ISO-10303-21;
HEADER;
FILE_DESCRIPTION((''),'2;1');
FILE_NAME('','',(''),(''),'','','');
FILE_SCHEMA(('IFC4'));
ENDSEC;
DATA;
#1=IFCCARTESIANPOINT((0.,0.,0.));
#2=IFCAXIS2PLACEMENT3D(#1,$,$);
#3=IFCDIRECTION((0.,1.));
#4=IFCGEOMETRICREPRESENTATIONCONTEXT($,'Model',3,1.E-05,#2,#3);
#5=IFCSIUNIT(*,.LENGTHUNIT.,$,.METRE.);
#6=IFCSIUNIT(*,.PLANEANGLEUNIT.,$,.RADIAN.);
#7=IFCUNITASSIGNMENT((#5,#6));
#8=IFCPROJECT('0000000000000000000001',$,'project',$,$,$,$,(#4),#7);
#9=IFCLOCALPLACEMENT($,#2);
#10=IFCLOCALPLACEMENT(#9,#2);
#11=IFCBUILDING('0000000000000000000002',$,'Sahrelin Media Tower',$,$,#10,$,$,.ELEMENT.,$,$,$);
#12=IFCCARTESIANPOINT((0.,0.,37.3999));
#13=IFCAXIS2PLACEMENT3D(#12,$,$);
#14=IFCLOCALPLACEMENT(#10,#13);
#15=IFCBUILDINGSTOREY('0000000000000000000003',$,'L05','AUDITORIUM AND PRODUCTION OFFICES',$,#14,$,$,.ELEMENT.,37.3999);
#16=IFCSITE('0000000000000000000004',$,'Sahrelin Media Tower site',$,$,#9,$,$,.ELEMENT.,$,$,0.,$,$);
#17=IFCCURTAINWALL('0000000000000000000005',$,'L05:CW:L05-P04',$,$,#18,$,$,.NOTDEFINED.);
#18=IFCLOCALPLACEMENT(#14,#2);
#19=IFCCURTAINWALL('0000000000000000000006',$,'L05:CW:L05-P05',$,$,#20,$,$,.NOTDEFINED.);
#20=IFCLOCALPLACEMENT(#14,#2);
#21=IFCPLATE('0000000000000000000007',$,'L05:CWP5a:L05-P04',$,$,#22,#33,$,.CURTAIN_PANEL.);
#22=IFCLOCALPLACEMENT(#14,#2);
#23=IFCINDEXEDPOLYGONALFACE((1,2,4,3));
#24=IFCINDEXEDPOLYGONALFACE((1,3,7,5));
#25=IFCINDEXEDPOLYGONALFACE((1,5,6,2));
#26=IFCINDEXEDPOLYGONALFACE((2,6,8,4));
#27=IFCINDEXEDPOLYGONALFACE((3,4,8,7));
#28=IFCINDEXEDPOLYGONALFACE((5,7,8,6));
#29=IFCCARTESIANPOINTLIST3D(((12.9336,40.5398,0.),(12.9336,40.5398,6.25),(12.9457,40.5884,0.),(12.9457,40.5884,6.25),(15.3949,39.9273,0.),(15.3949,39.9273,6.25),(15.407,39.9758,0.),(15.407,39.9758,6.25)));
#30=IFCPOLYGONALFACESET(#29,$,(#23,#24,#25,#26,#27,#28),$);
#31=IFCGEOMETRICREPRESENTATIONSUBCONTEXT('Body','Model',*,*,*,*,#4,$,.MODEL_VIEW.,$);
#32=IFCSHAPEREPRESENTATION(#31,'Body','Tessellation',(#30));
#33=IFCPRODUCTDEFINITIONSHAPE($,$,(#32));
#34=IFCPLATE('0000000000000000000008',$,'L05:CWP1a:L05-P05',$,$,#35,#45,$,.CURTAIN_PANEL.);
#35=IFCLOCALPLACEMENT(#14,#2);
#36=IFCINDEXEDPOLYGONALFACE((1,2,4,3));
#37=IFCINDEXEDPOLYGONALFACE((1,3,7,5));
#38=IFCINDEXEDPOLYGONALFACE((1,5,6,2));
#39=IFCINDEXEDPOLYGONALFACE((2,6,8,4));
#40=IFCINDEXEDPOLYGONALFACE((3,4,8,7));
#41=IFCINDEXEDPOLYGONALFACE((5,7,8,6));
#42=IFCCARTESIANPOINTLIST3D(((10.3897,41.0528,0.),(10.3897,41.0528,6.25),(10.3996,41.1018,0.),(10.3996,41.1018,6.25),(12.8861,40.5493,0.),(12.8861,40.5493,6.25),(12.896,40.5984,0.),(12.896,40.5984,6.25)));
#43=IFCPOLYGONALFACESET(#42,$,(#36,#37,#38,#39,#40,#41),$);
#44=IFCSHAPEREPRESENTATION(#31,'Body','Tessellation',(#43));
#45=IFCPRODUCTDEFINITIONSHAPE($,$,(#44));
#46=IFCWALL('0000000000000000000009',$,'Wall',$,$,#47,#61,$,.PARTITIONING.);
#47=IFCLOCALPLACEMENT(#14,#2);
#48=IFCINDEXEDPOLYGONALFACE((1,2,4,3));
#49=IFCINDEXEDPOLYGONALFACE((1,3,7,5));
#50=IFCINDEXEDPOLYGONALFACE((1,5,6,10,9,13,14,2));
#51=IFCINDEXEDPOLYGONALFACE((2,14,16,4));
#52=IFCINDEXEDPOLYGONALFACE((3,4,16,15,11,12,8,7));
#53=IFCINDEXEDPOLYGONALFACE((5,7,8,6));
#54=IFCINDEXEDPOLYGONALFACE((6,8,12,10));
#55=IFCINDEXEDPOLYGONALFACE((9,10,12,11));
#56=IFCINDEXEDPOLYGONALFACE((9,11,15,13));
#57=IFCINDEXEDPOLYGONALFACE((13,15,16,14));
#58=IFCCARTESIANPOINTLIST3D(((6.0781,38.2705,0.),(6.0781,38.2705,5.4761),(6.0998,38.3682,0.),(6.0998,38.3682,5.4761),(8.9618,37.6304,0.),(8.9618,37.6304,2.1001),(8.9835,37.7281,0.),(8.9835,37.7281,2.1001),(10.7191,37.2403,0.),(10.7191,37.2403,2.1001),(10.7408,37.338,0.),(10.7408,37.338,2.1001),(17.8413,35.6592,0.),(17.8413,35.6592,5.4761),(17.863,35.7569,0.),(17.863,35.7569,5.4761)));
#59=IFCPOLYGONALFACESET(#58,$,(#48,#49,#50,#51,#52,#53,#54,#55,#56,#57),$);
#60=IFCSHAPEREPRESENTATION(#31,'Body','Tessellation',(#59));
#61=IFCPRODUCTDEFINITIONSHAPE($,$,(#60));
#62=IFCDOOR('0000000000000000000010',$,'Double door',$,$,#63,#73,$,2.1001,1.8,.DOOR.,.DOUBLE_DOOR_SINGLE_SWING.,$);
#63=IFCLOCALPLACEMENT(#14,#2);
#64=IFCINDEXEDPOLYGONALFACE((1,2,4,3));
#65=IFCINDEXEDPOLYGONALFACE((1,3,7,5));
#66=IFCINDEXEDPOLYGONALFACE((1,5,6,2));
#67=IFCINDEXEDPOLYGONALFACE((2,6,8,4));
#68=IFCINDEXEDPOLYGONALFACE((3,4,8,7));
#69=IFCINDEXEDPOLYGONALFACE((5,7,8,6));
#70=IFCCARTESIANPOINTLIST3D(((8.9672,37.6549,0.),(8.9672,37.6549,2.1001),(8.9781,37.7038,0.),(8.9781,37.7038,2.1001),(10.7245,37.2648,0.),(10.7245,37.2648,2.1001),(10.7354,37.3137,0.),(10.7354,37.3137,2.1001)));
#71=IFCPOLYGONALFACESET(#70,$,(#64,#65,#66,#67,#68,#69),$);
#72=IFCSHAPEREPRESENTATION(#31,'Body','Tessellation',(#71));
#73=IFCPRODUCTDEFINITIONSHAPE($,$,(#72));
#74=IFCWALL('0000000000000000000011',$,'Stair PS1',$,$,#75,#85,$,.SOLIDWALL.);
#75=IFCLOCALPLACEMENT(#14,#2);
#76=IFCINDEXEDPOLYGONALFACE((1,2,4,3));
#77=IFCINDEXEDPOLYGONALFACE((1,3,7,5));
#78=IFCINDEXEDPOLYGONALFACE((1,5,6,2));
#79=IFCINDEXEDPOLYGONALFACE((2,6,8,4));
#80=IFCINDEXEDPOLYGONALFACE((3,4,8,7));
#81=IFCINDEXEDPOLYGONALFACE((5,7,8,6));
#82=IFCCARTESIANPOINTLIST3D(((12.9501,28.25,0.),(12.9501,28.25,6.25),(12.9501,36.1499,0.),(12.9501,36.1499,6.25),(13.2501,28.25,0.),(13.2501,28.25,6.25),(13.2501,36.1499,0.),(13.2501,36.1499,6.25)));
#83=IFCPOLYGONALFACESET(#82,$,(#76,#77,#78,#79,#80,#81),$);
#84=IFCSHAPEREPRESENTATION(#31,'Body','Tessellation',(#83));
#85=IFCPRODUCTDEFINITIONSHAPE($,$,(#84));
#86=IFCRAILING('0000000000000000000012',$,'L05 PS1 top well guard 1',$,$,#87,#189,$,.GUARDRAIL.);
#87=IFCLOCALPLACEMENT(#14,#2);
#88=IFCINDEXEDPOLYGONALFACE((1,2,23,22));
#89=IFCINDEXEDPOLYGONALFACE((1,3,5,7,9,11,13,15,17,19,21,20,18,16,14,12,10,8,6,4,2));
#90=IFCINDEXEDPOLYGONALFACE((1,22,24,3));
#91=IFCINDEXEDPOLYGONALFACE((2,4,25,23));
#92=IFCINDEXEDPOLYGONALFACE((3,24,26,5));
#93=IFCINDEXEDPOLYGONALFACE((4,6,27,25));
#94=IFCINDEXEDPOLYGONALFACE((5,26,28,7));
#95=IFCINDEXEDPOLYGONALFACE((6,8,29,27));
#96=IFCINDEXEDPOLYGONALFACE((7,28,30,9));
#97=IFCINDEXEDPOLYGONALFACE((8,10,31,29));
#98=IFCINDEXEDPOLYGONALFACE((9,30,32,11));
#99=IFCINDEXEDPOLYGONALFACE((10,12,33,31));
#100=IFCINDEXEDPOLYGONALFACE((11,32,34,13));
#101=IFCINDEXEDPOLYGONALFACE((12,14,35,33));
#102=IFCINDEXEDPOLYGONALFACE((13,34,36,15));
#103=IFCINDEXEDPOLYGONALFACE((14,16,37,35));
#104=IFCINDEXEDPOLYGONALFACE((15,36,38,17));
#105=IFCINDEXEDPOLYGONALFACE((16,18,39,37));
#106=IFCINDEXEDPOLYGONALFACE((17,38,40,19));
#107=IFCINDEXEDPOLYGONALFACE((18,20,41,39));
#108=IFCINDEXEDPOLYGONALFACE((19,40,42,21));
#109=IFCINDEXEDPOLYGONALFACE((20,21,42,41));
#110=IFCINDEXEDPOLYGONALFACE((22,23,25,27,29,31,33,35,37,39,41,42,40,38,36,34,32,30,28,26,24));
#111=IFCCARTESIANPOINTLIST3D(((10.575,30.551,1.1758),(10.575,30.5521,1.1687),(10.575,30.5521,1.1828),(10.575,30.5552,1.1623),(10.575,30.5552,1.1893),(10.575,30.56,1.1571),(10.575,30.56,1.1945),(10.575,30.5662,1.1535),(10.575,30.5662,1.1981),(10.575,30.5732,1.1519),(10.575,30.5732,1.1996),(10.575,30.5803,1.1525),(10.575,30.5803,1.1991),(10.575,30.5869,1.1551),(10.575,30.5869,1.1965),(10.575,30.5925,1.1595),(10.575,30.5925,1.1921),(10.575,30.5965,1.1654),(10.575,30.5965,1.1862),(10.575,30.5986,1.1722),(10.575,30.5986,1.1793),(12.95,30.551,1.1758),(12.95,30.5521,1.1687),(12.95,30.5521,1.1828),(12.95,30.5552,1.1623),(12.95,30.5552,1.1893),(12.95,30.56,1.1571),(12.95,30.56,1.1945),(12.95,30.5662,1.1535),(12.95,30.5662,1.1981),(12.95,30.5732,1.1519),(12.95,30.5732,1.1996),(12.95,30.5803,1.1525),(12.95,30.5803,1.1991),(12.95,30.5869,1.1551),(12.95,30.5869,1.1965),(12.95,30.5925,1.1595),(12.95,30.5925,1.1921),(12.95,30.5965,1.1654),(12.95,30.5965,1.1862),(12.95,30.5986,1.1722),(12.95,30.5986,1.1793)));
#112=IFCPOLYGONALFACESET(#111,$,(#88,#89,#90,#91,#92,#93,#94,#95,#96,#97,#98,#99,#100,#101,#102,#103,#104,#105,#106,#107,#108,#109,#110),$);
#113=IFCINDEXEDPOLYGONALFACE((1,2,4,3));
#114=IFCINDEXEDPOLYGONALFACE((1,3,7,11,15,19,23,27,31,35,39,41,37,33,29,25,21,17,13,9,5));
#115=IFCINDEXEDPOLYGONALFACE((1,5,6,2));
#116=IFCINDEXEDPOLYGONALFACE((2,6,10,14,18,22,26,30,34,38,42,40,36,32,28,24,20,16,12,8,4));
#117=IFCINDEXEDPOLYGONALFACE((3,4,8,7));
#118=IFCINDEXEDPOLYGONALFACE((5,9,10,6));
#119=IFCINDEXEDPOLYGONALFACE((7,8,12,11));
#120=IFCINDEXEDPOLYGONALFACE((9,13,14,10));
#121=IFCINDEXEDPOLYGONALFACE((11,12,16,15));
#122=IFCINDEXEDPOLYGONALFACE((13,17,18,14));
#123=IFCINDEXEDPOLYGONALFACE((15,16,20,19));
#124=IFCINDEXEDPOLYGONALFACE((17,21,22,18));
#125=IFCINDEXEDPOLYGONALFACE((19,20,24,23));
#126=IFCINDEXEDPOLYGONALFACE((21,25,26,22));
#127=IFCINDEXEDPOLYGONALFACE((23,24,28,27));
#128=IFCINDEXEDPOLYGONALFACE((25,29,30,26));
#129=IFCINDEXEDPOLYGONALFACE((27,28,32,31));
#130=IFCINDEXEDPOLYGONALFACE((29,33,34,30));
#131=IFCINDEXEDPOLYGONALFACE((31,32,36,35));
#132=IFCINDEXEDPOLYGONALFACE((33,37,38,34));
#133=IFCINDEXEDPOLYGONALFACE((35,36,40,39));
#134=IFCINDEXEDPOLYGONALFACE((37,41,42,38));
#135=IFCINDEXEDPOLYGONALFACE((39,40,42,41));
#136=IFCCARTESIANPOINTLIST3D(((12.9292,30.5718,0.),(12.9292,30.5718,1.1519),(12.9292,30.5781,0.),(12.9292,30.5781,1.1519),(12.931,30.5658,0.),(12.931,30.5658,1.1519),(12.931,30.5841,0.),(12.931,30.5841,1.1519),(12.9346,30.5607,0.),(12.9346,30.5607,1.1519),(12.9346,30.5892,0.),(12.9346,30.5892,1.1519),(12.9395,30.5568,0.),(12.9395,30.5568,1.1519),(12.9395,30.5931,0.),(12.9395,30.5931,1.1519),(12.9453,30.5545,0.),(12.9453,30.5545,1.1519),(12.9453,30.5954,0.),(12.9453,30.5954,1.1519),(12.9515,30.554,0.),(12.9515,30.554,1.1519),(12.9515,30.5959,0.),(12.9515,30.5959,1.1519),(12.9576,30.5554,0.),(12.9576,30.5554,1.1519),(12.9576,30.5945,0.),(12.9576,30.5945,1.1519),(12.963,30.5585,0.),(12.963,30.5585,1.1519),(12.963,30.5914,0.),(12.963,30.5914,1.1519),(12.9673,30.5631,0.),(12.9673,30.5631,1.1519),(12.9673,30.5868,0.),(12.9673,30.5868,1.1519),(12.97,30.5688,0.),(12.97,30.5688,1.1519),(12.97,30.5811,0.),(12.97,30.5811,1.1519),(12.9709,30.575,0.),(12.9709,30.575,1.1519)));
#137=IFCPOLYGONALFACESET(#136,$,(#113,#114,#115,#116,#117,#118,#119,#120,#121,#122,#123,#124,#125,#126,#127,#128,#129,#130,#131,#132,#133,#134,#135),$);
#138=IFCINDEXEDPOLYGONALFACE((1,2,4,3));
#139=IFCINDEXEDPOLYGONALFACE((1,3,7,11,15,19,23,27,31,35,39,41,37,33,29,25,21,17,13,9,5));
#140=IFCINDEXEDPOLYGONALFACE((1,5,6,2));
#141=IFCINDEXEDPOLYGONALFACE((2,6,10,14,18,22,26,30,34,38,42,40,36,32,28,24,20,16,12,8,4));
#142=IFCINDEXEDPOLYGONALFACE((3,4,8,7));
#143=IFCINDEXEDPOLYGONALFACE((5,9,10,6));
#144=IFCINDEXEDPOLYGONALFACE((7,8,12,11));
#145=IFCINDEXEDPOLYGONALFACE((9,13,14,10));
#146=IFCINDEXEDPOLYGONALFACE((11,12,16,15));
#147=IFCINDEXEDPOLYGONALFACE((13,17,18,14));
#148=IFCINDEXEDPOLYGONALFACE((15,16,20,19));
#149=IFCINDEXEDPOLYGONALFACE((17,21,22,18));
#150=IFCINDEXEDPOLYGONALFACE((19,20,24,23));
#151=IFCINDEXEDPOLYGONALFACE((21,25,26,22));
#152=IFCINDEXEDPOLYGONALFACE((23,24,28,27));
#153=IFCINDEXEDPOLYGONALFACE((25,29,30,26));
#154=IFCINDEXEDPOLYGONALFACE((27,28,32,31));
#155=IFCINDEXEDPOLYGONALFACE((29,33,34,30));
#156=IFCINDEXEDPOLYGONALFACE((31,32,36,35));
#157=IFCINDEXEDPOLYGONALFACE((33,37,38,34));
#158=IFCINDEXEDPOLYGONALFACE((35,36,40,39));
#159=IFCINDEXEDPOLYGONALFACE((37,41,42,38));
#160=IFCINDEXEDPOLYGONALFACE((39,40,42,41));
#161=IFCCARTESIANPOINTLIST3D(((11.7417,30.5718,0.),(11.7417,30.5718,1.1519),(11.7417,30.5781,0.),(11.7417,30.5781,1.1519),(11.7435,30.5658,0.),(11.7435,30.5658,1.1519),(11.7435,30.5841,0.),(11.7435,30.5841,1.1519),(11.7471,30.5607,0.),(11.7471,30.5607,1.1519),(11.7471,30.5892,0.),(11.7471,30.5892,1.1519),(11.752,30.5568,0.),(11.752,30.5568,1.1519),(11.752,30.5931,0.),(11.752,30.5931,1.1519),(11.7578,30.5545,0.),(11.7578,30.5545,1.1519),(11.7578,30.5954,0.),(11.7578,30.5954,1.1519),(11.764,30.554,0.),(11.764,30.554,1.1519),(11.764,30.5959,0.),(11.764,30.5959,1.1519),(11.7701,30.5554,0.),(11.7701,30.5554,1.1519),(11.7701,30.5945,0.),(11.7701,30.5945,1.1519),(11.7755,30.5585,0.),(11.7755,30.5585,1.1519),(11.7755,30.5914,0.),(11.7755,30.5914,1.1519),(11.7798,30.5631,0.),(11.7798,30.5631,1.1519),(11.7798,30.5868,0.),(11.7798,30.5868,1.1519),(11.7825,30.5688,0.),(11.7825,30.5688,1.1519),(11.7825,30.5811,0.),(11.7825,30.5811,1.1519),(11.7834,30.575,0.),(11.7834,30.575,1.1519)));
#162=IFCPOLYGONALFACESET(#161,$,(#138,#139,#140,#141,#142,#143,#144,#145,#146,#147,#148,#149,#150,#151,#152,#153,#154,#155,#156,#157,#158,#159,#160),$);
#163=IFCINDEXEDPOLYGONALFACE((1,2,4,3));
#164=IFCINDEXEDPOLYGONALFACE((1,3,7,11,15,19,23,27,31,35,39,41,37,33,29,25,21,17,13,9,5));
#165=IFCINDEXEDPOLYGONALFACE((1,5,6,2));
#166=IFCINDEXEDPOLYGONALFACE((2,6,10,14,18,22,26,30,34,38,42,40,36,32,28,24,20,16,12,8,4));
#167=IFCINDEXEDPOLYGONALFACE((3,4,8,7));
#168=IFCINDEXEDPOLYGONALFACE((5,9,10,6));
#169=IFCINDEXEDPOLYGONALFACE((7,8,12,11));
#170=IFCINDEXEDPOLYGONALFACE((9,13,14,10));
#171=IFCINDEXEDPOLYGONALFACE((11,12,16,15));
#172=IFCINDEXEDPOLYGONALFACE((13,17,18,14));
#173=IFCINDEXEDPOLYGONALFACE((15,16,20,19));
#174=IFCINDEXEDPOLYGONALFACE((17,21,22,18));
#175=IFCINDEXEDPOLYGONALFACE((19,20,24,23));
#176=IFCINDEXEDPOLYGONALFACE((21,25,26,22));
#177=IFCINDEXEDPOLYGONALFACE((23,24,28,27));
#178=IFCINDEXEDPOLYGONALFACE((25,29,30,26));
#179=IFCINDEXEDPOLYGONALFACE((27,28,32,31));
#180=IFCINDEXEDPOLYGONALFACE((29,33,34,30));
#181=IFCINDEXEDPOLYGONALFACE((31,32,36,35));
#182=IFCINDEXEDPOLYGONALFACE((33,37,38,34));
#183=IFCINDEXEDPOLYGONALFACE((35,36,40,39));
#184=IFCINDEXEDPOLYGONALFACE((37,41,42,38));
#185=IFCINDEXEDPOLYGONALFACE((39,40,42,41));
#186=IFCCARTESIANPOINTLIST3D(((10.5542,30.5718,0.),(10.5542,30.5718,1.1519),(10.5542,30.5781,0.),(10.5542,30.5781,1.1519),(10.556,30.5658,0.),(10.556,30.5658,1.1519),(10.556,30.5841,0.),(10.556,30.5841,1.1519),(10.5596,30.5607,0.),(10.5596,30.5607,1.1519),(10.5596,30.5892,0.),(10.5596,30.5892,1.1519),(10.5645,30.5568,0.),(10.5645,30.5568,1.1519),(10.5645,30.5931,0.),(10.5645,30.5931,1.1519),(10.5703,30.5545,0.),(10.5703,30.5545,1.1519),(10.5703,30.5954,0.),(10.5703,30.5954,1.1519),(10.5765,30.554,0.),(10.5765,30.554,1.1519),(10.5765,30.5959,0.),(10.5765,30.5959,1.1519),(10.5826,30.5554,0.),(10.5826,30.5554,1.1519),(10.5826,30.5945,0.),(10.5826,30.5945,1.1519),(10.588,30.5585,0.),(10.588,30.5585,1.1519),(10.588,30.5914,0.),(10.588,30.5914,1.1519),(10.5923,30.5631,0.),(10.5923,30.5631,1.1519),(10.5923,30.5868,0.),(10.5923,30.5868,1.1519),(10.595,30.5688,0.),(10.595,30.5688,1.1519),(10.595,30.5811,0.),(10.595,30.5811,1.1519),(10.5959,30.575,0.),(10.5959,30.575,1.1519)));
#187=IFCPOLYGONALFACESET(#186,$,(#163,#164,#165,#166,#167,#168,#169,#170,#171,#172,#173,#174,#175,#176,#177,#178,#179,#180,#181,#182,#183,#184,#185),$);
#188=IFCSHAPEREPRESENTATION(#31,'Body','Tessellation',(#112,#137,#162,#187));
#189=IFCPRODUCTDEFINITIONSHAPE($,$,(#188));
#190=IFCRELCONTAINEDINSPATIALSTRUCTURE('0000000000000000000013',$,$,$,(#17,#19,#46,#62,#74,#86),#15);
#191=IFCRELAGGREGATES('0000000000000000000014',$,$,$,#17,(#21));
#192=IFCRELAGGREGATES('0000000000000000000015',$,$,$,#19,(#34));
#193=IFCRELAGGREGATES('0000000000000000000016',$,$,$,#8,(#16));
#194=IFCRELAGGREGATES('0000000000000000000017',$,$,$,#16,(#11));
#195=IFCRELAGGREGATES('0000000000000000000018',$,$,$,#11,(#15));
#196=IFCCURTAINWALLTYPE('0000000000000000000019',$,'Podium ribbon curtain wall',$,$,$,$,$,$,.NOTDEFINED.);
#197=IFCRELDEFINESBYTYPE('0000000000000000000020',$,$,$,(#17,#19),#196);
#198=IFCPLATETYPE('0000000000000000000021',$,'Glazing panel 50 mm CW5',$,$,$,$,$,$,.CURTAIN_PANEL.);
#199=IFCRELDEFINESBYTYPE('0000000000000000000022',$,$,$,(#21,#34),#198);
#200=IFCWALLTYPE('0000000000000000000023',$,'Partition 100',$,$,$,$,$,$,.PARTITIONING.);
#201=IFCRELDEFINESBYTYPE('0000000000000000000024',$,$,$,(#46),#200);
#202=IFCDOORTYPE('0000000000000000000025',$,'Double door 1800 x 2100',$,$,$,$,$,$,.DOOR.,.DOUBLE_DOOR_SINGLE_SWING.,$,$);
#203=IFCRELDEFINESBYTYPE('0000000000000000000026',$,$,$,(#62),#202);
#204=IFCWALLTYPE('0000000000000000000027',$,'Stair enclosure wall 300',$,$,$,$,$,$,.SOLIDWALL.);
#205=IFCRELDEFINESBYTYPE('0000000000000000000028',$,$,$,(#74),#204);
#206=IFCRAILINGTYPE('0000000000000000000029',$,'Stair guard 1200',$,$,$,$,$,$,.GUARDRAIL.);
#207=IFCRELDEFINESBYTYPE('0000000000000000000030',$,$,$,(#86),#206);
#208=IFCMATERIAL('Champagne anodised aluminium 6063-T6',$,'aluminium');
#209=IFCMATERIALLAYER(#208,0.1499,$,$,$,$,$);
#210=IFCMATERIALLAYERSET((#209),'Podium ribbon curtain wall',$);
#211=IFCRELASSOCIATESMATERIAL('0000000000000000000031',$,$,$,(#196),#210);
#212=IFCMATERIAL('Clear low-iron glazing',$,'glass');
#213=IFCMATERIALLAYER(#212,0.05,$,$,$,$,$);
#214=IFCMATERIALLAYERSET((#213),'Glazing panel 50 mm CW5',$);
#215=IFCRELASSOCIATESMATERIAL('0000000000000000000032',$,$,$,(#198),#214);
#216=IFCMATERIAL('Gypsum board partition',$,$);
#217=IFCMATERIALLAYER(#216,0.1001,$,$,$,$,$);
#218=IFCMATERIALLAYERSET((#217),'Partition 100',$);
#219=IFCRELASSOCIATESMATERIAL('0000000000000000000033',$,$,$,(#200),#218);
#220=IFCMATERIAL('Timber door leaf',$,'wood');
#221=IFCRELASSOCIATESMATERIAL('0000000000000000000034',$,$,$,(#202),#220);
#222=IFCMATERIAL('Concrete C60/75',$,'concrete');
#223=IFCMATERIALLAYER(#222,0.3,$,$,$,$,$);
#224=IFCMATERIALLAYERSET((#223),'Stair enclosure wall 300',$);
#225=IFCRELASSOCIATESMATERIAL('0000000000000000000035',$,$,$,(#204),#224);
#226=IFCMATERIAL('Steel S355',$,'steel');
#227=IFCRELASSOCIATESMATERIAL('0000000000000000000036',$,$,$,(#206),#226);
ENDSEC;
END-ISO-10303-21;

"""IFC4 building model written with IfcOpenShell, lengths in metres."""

from ifc_helpers import new_model, si_unit, direction, frame, frame_2d, origin, origin_2d, place, context, subcontext, project, spatial, polyline, rectangle, circle, outline, extrude, material, layer, layer_set, type_object, element, fill, aggregate, save


model = new_model("IFC4")

# Units and contexts
model_context = context("Model", 3, precision=1e-05, world=origin(), true_north=direction((0.0, 1.0)))
body_context = subcontext(model_context, "Body", "Model", "MODEL_VIEW")
ifc_project = project(units=[si_unit("LENGTHUNIT", "METRE"), si_unit("PLANEANGLEUNIT", "RADIAN")], contexts=[model_context])

# Site, building, storey
site_placement = place(None, origin())
site = spatial("IfcSite", under=ifc_project, at=site_placement, Name="Sahrelin Media Tower site", CompositionType="ELEMENT", RefElevation=0.0)
building_placement = place(site_placement, origin())
building = spatial("IfcBuilding", under=site, at=building_placement, Name="Sahrelin Media Tower", CompositionType="ELEMENT")
storey_placement = place(building_placement, frame((0.0, 0.0, 37.3999)))
storey = spatial("IfcBuildingStorey", under=building, at=storey_placement, Name="L05", Description="AUDITORIUM AND PRODUCTION OFFICES", CompositionType="ELEMENT", Elevation=37.3999)

# Shared definitions
ifc_material_1 = material(Name="Steel S355", Category="steel")

# Curtain wall
ifc_material_2 = material(Name="Champagne anodised aluminium 6063-T6", Category="aluminium")
ifc_layer_1 = layer(ifc_material_2, 0.1499)
ifc_layer_set_1 = layer_set([ifc_layer_1], Name="Podium ribbon curtain wall")
curtain_wall_type = type_object("IfcCurtainWallType", Name="Podium ribbon curtain wall", PredefinedType="NOTDEFINED", material=ifc_layer_set_1)
curtain_wall_1_placement = place(storey_placement, frame((25.0, 36.373, 0.0), z_axis=(0.0, 0.0, 1.0), x_axis=(1.0, 0.0, 0.0)))
curtain_wall_1 = element("IfcCurtainWall", 1, at=curtain_wall_1_placement, inside=storey, type_object=curtain_wall_type, Name="L05:CW:L05-P04", PredefinedType="NOTDEFINED")

# Curtain wall
curtain_wall_2_placement = place(storey_placement, frame((12.9409, 40.5688, 0.0), z_axis=(0.0, 0.0, 1.0), x_axis=(1.0, 0.0, 0.0)))
curtain_wall_2 = element("IfcCurtainWall", 2, at=curtain_wall_2_placement, inside=storey, type_object=curtain_wall_type, Name="L05:CW:L05-P05", PredefinedType="NOTDEFINED")

# Plates
ifc_material_3 = material(Name="Clear low-iron glazing", Category="glass")
ifc_layer_2 = layer(ifc_material_3, 0.05)
ifc_layer_set_2 = layer_set([ifc_layer_2], Name="Glazing panel 50 mm CW5")
plate_type = type_object("IfcPlateType", Name="Glazing panel 50 mm CW5", PredefinedType="CURTAIN_PANEL", material=ifc_layer_set_2)
plate_1_placement = place(storey_placement, frame((15.407, 39.9758, 0.0), z_axis=(0.241516, 0.970397, 0.0), x_axis=(-0.970397, 0.241516, 0.0)))
plate_1 = element("IfcPlate", 3, at=plate_1_placement, type_object=plate_type, Name="L05:CWP5a:L05-P04", PredefinedType="CURTAIN_PANEL", context=body_context, shape_type="SweptSolid", body=[
    extrude(outline(polyline([(0.0, 0.0), (2.5364, 0.0), (2.5364, 6.25), (0.0, 6.25), (0.0, 0.0)])), origin(), (0.0, 0.0, -1.0), 0.05),
])
aggregate(curtain_wall_1, [plate_1])
plate_2_placement = place(storey_placement, frame((12.896, 40.5984, 0.0), z_axis=(0.197683, 0.980266, 0.0), x_axis=(-0.980266, 0.197683, 0.0)))
plate_2 = element("IfcPlate", 4, at=plate_2_placement, type_object=plate_type, Name="L05:CWP1a:L05-P05", PredefinedType="CURTAIN_PANEL", context=body_context, shape_type="SweptSolid", body=[
    extrude(outline(polyline([(0.0, 0.0), (2.5466, 0.0), (2.5466, 6.25), (0.0, 6.25), (0.0, 0.0)])), origin(), (0.0, 0.0, -1.0), 0.05),
])
aggregate(curtain_wall_2, [plate_2])

# Wall, opening, door
ifc_material_4 = material(Name="Gypsum board partition")
ifc_layer_3 = layer(ifc_material_4, 0.1001)
ifc_layer_set_3 = layer_set([ifc_layer_3], Name="Partition 100")
wall_type_1 = type_object("IfcWallType", Name="Partition 100", PredefinedType="PARTITIONING", material=ifc_layer_set_3)
wall_1_placement = place(storey_placement, frame((17.8523, 35.708, 0.0), z_axis=(0.0, 0.0, 1.0), x_axis=(-0.976235, 0.216716, 0.0)))
wall_1 = element("IfcWall", 5, at=wall_1_placement, inside=storey, type_object=wall_type_1, Name="Wall", PredefinedType="PARTITIONING", context=body_context, shape_type="SweptSolid", body=[
    extrude(rectangle(XDim=12.0496, YDim=0.1001, at=frame_2d((6.0249, 0.0))), origin(), (0.0, 0.0, 1.0), 5.4761),
])
opening_1_placement = place(wall_1_placement, frame((7.2959, 0.0, 0.0)))
opening_1 = element("IfcOpeningElement", 6, at=opening_1_placement, cuts=wall_1, PredefinedType="OPENING", context=body_context, shape_type="SweptSolid", body=[
    extrude(rectangle(XDim=1.8, YDim=2.1001, at=frame_2d((0.8999, 1.05))), frame((0.0, 0.05, 0.0), z_axis=(0.0, -1.0, 0.0), x_axis=(1.0, 0.0, 0.0)), (0.0, 0.0, 1.0), 0.1001),
])
ifc_material_5 = material(Name="Timber door leaf", Category="wood")
door_type_1 = type_object("IfcDoorType", Name="Double door 1800 x 2100", OperationType="DOUBLE_DOOR_SINGLE_SWING", PredefinedType="DOOR", material=ifc_material_5)
door_1_placement = place(opening_1_placement, origin())
door_1 = element("IfcDoor", 7, at=door_1_placement, inside=storey, type_object=door_type_1, Name="Double door", OperationType="DOUBLE_DOOR_SINGLE_SWING", OverallHeight=2.1001, OverallWidth=1.8, PredefinedType="DOOR", context=body_context, shape_type="SweptSolid", body=[
    extrude(rectangle(XDim=1.8, YDim=2.1001, at=frame_2d((0.8999, 1.05))), frame((0.0, 0.0249, 0.0), z_axis=(0.0, -1.0, 0.0), x_axis=(1.0, 0.0, 0.0)), (0.0, 0.0, 1.0), 0.05),
])
fill(opening_1, door_1)
ifc_material_6 = material(Name="Concrete C60/75", Category="concrete")
ifc_layer_4 = layer(ifc_material_6, 0.3)
ifc_layer_set_4 = layer_set([ifc_layer_4], Name="Stair enclosure wall 300")
wall_type_2 = type_object("IfcWallType", Name="Stair enclosure wall 300", PredefinedType="SOLIDWALL", material=ifc_layer_set_4)

# Wall
wall_2_placement = place(storey_placement, frame((13.1001, 36.1499, 0.0), z_axis=(0.0, 0.0, 1.0), x_axis=(0.0, -1.0, 0.0)))
element("IfcWall", 8, at=wall_2_placement, inside=storey, type_object=wall_type_2, Name="Stair PS1", PredefinedType="SOLIDWALL", context=body_context, shape_type="SweptSolid", body=[
    extrude(rectangle(XDim=7.8999, YDim=0.3, at=frame_2d((3.95, 0.0))), origin(), (0.0, 0.0, 1.0), 6.25),
])

# Railing
railing_type = type_object("IfcRailingType", Name="Stair guard 1200", PredefinedType="GUARDRAIL", material=ifc_material_1)
railing_placement = place(storey_placement, frame((12.95, 30.575, 0.0)))
element("IfcRailing", 9, at=railing_placement, inside=storey, type_object=railing_type, Name="L05 PS1 top well guard 1", PredefinedType="GUARDRAIL", context=body_context, shape_type="SweptSolid", body=[
    extrude(circle(Radius=0.0239, at=origin_2d()), frame((0.0, 0.0, 1.1758), z_axis=(-1.0, 0.0, 0.0), x_axis=(0.0, -1.0, 0.0)), (0.0, 0.0, 1.0), 2.375),
    extrude(circle(Radius=0.021, at=origin_2d()), origin(), (0.0, 0.0, 1.0), 1.1519),
    extrude(circle(Radius=0.021, at=origin_2d()), frame((-1.1875, 0.0, 0.0)), (0.0, 0.0, 1.0), 1.1519),
    extrude(circle(Radius=0.021, at=origin_2d()), frame((-2.375, 0.0, 0.0)), (0.0, 0.0, 1.0), 1.1519),
])

save(model, "model.ifc")
